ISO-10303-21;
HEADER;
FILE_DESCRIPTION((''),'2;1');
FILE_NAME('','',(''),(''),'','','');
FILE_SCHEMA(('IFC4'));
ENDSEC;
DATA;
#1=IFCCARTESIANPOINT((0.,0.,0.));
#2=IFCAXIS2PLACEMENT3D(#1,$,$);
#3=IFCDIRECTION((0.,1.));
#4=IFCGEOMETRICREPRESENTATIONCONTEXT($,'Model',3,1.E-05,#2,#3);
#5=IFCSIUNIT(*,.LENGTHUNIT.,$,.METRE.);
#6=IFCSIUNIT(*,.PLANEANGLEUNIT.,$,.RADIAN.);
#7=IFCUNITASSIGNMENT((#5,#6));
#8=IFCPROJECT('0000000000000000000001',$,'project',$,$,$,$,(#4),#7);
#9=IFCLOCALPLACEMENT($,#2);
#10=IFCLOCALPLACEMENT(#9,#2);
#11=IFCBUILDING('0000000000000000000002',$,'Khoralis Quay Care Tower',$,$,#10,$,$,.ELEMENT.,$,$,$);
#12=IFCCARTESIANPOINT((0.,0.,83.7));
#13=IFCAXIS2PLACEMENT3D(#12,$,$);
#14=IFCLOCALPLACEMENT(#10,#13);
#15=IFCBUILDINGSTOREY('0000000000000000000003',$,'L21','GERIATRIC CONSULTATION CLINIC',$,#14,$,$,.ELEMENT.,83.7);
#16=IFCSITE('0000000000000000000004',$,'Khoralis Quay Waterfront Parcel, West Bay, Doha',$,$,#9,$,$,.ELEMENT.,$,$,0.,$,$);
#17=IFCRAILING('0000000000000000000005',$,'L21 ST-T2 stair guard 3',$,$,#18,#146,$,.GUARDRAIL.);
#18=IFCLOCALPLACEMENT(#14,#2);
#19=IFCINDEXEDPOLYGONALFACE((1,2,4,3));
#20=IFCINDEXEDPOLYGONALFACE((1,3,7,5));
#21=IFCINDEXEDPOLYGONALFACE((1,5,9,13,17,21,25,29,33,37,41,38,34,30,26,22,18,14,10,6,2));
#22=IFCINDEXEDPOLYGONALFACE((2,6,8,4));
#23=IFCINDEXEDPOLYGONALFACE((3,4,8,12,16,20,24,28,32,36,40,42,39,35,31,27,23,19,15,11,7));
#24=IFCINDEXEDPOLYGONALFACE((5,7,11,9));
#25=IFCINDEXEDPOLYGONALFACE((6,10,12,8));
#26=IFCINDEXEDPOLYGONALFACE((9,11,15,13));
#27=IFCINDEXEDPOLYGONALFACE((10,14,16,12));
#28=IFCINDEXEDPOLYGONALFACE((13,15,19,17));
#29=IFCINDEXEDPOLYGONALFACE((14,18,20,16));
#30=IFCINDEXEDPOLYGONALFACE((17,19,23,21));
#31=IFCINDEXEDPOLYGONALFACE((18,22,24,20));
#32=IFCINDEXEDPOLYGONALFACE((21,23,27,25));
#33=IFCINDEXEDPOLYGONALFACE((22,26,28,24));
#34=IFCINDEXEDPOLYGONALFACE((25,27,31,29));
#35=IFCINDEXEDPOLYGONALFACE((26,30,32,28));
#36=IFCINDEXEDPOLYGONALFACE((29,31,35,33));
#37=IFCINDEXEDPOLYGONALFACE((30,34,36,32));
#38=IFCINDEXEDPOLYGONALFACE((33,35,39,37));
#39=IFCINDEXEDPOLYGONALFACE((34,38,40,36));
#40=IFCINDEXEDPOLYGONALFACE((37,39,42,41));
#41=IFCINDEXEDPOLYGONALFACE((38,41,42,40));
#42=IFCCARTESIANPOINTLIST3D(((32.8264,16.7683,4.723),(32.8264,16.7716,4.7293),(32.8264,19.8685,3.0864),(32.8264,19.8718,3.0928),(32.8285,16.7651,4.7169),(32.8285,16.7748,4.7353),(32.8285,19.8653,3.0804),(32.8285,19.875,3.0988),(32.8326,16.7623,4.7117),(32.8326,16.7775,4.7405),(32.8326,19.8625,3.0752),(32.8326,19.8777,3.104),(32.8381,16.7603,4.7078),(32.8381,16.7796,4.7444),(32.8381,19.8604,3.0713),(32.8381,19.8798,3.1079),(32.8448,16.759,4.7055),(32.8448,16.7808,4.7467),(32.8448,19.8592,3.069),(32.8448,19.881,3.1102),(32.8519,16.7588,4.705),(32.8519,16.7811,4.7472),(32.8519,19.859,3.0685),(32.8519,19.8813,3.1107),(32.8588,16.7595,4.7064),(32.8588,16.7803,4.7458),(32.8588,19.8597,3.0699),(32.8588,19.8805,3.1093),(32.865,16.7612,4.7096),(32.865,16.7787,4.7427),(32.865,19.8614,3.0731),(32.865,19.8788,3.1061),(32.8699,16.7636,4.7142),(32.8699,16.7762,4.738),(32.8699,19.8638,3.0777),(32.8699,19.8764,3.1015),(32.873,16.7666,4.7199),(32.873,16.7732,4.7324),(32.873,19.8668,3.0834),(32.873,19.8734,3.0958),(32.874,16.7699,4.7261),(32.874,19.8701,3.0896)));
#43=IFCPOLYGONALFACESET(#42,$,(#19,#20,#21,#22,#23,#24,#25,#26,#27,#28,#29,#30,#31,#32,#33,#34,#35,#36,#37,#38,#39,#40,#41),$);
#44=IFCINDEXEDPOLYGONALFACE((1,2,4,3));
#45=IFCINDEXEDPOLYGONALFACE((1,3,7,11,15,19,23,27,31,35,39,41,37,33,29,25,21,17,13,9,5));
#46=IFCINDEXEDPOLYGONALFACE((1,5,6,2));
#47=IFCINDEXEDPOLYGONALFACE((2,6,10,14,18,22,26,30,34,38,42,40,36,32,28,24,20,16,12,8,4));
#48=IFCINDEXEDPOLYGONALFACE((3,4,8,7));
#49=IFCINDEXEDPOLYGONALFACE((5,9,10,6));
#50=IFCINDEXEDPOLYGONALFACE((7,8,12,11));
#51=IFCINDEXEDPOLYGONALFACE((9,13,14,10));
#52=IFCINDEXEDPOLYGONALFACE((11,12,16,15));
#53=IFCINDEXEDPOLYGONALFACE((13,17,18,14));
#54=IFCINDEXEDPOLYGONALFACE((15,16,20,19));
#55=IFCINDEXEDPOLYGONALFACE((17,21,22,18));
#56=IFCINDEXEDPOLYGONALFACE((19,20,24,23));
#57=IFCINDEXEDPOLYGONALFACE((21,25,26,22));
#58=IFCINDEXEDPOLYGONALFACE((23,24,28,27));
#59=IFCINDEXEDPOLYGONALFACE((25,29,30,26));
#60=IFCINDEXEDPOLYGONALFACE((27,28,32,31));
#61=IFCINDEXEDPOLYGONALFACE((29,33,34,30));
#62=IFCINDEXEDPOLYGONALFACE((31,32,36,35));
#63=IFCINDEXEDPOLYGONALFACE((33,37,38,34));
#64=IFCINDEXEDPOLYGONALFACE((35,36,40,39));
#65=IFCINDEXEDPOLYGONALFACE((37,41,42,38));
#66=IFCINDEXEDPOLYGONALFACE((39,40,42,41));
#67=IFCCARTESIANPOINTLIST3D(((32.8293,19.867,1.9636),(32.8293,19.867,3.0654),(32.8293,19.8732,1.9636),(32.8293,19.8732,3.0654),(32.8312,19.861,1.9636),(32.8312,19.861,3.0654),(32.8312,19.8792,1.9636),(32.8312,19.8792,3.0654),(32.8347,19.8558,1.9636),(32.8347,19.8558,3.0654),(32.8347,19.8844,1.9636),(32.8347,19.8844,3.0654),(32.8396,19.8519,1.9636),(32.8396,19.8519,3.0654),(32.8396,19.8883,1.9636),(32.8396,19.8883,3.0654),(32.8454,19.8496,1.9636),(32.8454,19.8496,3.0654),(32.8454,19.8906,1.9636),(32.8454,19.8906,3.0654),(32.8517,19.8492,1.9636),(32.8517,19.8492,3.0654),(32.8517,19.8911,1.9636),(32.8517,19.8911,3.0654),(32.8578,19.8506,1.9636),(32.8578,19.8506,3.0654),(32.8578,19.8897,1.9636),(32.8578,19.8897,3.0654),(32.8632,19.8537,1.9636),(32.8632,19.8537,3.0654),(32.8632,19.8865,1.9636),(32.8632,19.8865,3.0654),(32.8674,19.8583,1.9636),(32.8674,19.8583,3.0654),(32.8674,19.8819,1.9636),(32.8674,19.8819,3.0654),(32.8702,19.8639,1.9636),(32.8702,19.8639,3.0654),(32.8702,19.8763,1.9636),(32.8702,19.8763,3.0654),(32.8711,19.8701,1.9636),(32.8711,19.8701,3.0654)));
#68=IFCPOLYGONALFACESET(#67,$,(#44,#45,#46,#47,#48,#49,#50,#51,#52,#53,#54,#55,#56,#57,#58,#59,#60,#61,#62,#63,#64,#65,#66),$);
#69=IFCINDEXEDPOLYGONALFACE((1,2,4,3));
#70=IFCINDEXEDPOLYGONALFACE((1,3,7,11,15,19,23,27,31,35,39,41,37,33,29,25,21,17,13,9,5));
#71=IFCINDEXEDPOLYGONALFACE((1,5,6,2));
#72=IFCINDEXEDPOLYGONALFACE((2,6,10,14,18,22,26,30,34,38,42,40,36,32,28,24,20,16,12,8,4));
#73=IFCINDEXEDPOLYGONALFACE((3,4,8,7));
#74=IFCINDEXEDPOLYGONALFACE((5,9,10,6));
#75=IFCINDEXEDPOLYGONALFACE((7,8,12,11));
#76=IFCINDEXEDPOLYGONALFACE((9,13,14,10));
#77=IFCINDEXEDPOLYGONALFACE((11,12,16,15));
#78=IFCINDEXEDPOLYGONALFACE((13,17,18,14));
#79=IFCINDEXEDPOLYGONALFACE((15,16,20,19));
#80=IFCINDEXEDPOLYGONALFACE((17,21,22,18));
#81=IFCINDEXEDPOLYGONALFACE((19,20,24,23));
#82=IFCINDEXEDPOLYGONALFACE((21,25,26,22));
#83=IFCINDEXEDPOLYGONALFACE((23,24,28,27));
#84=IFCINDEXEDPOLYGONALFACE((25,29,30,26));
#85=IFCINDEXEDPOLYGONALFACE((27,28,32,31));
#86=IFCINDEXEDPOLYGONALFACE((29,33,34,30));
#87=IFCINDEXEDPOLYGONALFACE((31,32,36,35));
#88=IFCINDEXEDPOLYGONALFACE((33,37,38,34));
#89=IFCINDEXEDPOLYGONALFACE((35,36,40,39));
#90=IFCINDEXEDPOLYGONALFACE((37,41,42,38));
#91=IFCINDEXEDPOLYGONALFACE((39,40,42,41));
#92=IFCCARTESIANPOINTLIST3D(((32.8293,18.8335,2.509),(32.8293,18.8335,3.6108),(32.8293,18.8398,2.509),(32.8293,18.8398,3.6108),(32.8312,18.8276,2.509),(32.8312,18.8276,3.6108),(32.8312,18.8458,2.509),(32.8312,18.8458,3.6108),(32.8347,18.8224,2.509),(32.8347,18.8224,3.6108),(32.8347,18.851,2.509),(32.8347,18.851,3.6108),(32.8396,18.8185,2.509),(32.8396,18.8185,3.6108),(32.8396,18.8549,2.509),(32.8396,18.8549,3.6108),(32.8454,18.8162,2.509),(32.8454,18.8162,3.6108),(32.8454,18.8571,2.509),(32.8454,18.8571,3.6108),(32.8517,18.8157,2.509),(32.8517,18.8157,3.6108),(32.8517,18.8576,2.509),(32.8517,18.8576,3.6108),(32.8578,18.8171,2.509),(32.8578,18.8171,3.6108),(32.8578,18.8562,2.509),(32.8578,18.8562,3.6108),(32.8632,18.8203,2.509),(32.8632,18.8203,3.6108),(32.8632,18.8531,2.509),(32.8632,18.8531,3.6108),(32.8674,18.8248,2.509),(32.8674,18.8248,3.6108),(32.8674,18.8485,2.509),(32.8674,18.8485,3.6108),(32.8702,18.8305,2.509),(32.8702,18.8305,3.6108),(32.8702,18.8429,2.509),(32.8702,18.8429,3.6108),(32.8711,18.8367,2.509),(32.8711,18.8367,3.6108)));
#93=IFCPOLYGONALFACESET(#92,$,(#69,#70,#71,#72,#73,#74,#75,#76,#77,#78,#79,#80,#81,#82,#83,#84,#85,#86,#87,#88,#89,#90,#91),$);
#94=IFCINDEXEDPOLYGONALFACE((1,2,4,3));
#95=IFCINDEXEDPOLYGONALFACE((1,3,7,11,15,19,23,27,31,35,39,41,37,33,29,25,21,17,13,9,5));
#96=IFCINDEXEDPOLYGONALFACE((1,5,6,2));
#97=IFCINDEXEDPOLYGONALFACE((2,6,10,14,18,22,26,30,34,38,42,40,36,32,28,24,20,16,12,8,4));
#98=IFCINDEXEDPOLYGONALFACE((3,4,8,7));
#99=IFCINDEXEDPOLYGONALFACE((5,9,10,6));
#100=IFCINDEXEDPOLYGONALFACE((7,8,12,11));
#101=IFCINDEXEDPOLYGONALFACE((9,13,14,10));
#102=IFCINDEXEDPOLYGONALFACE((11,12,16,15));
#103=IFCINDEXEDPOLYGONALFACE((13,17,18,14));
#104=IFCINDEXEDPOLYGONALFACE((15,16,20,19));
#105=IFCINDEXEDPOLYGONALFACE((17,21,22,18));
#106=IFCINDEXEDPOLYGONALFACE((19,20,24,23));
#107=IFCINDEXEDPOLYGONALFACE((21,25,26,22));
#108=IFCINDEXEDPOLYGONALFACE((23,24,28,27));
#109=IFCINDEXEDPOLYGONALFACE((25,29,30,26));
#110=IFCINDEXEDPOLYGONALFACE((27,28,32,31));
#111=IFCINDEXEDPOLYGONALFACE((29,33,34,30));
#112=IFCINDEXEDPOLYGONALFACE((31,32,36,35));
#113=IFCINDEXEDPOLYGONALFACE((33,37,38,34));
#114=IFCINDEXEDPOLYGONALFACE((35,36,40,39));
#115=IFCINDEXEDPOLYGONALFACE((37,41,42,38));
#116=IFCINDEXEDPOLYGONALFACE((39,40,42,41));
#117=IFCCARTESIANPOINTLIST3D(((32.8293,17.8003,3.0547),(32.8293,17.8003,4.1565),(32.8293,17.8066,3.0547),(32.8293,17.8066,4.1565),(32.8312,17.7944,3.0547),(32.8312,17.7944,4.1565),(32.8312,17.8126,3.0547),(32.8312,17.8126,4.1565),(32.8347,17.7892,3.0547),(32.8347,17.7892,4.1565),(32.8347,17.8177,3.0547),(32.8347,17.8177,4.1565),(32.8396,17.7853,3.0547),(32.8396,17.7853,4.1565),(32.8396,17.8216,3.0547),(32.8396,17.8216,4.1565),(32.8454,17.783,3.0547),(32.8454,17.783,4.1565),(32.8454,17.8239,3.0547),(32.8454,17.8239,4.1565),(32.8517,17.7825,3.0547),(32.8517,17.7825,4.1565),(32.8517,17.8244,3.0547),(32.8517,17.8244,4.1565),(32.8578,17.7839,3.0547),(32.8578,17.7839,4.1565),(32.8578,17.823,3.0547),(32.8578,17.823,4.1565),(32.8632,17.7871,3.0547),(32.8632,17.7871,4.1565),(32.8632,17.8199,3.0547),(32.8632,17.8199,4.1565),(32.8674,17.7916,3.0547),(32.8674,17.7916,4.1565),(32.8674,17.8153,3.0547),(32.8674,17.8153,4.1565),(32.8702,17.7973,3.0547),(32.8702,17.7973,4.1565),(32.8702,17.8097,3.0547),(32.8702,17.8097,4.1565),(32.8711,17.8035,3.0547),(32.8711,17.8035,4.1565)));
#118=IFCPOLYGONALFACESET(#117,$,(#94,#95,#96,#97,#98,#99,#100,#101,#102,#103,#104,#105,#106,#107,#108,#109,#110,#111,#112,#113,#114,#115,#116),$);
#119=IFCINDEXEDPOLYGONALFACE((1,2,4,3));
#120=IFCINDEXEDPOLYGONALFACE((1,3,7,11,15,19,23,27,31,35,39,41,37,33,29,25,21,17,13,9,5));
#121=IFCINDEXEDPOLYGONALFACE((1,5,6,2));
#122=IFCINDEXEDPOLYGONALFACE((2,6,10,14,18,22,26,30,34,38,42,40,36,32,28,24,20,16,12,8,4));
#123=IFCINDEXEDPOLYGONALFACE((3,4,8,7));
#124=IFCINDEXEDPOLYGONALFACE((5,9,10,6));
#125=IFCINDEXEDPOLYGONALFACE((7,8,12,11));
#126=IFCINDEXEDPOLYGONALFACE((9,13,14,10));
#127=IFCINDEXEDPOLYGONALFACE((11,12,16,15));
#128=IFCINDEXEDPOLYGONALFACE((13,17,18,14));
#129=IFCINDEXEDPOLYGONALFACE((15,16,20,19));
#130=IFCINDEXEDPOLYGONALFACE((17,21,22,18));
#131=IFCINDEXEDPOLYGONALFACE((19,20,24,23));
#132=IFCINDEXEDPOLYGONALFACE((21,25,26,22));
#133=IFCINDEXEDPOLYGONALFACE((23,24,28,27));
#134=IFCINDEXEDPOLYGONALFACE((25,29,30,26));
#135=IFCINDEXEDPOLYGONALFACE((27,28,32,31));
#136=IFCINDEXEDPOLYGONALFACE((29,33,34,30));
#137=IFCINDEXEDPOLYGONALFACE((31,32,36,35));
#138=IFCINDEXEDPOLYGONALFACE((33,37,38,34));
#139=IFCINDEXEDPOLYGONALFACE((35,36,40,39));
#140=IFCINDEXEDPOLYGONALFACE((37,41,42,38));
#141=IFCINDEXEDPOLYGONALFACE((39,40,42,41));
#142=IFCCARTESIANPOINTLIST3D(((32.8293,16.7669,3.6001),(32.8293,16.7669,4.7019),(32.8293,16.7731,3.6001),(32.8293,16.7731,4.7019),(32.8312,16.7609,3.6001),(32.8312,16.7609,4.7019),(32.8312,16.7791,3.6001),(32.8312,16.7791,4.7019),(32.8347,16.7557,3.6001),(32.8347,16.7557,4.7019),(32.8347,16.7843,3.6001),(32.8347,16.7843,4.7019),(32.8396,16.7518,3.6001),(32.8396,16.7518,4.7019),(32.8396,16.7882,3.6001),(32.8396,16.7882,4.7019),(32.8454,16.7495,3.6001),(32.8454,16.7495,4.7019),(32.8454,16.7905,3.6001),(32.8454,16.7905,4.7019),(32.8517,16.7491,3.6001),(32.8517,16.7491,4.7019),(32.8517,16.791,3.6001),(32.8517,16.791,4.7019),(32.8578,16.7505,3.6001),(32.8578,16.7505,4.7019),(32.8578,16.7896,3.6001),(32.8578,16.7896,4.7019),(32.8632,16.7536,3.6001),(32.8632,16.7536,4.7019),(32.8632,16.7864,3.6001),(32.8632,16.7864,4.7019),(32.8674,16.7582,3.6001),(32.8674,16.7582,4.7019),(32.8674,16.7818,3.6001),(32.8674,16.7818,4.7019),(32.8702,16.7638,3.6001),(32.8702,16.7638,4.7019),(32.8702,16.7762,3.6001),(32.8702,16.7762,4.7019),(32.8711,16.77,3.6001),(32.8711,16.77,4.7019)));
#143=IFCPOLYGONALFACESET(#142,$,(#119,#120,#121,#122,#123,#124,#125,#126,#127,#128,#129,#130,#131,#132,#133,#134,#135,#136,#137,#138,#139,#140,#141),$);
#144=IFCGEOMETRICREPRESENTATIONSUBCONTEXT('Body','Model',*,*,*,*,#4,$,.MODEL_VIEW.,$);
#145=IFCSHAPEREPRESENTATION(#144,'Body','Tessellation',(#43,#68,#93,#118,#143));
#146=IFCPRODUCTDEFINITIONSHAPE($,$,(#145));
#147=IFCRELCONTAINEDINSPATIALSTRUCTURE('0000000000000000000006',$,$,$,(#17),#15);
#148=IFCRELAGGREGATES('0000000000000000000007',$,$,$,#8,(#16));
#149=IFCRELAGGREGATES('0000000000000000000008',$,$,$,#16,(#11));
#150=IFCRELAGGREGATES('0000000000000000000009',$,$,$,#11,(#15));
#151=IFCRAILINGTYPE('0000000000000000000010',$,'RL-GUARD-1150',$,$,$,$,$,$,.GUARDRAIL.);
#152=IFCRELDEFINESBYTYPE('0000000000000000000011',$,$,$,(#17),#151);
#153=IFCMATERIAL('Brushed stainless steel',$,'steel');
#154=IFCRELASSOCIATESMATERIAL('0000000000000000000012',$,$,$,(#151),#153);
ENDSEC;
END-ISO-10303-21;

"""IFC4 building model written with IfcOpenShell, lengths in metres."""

from ifc_helpers import new_model, si_unit, direction, frame, origin, origin_2d, place, context, subcontext, project, spatial, circle, extrude, material, type_object, element, save


model = new_model("IFC4")

# Units and contexts
model_context = context("Model", 3, precision=1e-05, world=origin(), true_north=direction((0.0, 1.0)))
body_context = subcontext(model_context, "Body", "Model", "MODEL_VIEW")
ifc_project = project(units=[si_unit("LENGTHUNIT", "METRE"), si_unit("PLANEANGLEUNIT", "RADIAN")], contexts=[model_context])

# Site, building, storey
site_placement = place(None, origin())
site = spatial("IfcSite", under=ifc_project, at=site_placement, Name="Khoralis Quay Waterfront Parcel, West Bay, Doha", CompositionType="ELEMENT", RefElevation=0.0)
building_placement = place(site_placement, origin())
building = spatial("IfcBuilding", under=site, at=building_placement, Name="Khoralis Quay Care Tower", CompositionType="ELEMENT")
storey_placement = place(building_placement, frame((0.0, 0.0, 83.7)))
storey = spatial("IfcBuildingStorey", under=building, at=storey_placement, Name="L21", Description="GERIATRIC CONSULTATION CLINIC", CompositionType="ELEMENT", Elevation=83.7)

# Shared definitions
ifc_material_1 = material(Name="Brushed stainless steel", Category="steel")

# Railing
railing_type_1 = type_object("IfcRailingType", Name="RL-GUARD-1150", PredefinedType="GUARDRAIL", material=ifc_material_1)
railing_1_placement = place(storey_placement, frame((32.8501, 19.8701, 1.9636)))
element("IfcRailing", 1, at=railing_1_placement, inside=storey, type_object=railing_type_1, Name="L21 ST-T2 stair guard 3", PredefinedType="GUARDRAIL", context=body_context, shape_type="SweptSolid", body=[
    extrude(circle(Radius=0.0239, at=origin_2d()), frame((0.0, 0.0, 1.126), z_axis=(0.0, -0.884348, 0.466828), x_axis=(1.0, 0.0, 0.0)), (0.0, 0.0, 1.0), 3.5056),
    extrude(circle(Radius=0.021, at=origin_2d()), origin(), (0.0, 0.0, 1.0), 1.1018),
    extrude(circle(Radius=0.021, at=origin_2d()), frame((0.0, -1.0334, 0.5454)), (0.0, 0.0, 1.0), 1.1018),
    extrude(circle(Radius=0.021, at=origin_2d()), frame((0.0, -2.0667, 1.0911)), (0.0, 0.0, 1.0), 1.1018),
    extrude(circle(Radius=0.021, at=origin_2d()), frame((0.0, -3.1001, 1.6365)), (0.0, 0.0, 1.0), 1.1018),
])

save(model, "model.ifc")
